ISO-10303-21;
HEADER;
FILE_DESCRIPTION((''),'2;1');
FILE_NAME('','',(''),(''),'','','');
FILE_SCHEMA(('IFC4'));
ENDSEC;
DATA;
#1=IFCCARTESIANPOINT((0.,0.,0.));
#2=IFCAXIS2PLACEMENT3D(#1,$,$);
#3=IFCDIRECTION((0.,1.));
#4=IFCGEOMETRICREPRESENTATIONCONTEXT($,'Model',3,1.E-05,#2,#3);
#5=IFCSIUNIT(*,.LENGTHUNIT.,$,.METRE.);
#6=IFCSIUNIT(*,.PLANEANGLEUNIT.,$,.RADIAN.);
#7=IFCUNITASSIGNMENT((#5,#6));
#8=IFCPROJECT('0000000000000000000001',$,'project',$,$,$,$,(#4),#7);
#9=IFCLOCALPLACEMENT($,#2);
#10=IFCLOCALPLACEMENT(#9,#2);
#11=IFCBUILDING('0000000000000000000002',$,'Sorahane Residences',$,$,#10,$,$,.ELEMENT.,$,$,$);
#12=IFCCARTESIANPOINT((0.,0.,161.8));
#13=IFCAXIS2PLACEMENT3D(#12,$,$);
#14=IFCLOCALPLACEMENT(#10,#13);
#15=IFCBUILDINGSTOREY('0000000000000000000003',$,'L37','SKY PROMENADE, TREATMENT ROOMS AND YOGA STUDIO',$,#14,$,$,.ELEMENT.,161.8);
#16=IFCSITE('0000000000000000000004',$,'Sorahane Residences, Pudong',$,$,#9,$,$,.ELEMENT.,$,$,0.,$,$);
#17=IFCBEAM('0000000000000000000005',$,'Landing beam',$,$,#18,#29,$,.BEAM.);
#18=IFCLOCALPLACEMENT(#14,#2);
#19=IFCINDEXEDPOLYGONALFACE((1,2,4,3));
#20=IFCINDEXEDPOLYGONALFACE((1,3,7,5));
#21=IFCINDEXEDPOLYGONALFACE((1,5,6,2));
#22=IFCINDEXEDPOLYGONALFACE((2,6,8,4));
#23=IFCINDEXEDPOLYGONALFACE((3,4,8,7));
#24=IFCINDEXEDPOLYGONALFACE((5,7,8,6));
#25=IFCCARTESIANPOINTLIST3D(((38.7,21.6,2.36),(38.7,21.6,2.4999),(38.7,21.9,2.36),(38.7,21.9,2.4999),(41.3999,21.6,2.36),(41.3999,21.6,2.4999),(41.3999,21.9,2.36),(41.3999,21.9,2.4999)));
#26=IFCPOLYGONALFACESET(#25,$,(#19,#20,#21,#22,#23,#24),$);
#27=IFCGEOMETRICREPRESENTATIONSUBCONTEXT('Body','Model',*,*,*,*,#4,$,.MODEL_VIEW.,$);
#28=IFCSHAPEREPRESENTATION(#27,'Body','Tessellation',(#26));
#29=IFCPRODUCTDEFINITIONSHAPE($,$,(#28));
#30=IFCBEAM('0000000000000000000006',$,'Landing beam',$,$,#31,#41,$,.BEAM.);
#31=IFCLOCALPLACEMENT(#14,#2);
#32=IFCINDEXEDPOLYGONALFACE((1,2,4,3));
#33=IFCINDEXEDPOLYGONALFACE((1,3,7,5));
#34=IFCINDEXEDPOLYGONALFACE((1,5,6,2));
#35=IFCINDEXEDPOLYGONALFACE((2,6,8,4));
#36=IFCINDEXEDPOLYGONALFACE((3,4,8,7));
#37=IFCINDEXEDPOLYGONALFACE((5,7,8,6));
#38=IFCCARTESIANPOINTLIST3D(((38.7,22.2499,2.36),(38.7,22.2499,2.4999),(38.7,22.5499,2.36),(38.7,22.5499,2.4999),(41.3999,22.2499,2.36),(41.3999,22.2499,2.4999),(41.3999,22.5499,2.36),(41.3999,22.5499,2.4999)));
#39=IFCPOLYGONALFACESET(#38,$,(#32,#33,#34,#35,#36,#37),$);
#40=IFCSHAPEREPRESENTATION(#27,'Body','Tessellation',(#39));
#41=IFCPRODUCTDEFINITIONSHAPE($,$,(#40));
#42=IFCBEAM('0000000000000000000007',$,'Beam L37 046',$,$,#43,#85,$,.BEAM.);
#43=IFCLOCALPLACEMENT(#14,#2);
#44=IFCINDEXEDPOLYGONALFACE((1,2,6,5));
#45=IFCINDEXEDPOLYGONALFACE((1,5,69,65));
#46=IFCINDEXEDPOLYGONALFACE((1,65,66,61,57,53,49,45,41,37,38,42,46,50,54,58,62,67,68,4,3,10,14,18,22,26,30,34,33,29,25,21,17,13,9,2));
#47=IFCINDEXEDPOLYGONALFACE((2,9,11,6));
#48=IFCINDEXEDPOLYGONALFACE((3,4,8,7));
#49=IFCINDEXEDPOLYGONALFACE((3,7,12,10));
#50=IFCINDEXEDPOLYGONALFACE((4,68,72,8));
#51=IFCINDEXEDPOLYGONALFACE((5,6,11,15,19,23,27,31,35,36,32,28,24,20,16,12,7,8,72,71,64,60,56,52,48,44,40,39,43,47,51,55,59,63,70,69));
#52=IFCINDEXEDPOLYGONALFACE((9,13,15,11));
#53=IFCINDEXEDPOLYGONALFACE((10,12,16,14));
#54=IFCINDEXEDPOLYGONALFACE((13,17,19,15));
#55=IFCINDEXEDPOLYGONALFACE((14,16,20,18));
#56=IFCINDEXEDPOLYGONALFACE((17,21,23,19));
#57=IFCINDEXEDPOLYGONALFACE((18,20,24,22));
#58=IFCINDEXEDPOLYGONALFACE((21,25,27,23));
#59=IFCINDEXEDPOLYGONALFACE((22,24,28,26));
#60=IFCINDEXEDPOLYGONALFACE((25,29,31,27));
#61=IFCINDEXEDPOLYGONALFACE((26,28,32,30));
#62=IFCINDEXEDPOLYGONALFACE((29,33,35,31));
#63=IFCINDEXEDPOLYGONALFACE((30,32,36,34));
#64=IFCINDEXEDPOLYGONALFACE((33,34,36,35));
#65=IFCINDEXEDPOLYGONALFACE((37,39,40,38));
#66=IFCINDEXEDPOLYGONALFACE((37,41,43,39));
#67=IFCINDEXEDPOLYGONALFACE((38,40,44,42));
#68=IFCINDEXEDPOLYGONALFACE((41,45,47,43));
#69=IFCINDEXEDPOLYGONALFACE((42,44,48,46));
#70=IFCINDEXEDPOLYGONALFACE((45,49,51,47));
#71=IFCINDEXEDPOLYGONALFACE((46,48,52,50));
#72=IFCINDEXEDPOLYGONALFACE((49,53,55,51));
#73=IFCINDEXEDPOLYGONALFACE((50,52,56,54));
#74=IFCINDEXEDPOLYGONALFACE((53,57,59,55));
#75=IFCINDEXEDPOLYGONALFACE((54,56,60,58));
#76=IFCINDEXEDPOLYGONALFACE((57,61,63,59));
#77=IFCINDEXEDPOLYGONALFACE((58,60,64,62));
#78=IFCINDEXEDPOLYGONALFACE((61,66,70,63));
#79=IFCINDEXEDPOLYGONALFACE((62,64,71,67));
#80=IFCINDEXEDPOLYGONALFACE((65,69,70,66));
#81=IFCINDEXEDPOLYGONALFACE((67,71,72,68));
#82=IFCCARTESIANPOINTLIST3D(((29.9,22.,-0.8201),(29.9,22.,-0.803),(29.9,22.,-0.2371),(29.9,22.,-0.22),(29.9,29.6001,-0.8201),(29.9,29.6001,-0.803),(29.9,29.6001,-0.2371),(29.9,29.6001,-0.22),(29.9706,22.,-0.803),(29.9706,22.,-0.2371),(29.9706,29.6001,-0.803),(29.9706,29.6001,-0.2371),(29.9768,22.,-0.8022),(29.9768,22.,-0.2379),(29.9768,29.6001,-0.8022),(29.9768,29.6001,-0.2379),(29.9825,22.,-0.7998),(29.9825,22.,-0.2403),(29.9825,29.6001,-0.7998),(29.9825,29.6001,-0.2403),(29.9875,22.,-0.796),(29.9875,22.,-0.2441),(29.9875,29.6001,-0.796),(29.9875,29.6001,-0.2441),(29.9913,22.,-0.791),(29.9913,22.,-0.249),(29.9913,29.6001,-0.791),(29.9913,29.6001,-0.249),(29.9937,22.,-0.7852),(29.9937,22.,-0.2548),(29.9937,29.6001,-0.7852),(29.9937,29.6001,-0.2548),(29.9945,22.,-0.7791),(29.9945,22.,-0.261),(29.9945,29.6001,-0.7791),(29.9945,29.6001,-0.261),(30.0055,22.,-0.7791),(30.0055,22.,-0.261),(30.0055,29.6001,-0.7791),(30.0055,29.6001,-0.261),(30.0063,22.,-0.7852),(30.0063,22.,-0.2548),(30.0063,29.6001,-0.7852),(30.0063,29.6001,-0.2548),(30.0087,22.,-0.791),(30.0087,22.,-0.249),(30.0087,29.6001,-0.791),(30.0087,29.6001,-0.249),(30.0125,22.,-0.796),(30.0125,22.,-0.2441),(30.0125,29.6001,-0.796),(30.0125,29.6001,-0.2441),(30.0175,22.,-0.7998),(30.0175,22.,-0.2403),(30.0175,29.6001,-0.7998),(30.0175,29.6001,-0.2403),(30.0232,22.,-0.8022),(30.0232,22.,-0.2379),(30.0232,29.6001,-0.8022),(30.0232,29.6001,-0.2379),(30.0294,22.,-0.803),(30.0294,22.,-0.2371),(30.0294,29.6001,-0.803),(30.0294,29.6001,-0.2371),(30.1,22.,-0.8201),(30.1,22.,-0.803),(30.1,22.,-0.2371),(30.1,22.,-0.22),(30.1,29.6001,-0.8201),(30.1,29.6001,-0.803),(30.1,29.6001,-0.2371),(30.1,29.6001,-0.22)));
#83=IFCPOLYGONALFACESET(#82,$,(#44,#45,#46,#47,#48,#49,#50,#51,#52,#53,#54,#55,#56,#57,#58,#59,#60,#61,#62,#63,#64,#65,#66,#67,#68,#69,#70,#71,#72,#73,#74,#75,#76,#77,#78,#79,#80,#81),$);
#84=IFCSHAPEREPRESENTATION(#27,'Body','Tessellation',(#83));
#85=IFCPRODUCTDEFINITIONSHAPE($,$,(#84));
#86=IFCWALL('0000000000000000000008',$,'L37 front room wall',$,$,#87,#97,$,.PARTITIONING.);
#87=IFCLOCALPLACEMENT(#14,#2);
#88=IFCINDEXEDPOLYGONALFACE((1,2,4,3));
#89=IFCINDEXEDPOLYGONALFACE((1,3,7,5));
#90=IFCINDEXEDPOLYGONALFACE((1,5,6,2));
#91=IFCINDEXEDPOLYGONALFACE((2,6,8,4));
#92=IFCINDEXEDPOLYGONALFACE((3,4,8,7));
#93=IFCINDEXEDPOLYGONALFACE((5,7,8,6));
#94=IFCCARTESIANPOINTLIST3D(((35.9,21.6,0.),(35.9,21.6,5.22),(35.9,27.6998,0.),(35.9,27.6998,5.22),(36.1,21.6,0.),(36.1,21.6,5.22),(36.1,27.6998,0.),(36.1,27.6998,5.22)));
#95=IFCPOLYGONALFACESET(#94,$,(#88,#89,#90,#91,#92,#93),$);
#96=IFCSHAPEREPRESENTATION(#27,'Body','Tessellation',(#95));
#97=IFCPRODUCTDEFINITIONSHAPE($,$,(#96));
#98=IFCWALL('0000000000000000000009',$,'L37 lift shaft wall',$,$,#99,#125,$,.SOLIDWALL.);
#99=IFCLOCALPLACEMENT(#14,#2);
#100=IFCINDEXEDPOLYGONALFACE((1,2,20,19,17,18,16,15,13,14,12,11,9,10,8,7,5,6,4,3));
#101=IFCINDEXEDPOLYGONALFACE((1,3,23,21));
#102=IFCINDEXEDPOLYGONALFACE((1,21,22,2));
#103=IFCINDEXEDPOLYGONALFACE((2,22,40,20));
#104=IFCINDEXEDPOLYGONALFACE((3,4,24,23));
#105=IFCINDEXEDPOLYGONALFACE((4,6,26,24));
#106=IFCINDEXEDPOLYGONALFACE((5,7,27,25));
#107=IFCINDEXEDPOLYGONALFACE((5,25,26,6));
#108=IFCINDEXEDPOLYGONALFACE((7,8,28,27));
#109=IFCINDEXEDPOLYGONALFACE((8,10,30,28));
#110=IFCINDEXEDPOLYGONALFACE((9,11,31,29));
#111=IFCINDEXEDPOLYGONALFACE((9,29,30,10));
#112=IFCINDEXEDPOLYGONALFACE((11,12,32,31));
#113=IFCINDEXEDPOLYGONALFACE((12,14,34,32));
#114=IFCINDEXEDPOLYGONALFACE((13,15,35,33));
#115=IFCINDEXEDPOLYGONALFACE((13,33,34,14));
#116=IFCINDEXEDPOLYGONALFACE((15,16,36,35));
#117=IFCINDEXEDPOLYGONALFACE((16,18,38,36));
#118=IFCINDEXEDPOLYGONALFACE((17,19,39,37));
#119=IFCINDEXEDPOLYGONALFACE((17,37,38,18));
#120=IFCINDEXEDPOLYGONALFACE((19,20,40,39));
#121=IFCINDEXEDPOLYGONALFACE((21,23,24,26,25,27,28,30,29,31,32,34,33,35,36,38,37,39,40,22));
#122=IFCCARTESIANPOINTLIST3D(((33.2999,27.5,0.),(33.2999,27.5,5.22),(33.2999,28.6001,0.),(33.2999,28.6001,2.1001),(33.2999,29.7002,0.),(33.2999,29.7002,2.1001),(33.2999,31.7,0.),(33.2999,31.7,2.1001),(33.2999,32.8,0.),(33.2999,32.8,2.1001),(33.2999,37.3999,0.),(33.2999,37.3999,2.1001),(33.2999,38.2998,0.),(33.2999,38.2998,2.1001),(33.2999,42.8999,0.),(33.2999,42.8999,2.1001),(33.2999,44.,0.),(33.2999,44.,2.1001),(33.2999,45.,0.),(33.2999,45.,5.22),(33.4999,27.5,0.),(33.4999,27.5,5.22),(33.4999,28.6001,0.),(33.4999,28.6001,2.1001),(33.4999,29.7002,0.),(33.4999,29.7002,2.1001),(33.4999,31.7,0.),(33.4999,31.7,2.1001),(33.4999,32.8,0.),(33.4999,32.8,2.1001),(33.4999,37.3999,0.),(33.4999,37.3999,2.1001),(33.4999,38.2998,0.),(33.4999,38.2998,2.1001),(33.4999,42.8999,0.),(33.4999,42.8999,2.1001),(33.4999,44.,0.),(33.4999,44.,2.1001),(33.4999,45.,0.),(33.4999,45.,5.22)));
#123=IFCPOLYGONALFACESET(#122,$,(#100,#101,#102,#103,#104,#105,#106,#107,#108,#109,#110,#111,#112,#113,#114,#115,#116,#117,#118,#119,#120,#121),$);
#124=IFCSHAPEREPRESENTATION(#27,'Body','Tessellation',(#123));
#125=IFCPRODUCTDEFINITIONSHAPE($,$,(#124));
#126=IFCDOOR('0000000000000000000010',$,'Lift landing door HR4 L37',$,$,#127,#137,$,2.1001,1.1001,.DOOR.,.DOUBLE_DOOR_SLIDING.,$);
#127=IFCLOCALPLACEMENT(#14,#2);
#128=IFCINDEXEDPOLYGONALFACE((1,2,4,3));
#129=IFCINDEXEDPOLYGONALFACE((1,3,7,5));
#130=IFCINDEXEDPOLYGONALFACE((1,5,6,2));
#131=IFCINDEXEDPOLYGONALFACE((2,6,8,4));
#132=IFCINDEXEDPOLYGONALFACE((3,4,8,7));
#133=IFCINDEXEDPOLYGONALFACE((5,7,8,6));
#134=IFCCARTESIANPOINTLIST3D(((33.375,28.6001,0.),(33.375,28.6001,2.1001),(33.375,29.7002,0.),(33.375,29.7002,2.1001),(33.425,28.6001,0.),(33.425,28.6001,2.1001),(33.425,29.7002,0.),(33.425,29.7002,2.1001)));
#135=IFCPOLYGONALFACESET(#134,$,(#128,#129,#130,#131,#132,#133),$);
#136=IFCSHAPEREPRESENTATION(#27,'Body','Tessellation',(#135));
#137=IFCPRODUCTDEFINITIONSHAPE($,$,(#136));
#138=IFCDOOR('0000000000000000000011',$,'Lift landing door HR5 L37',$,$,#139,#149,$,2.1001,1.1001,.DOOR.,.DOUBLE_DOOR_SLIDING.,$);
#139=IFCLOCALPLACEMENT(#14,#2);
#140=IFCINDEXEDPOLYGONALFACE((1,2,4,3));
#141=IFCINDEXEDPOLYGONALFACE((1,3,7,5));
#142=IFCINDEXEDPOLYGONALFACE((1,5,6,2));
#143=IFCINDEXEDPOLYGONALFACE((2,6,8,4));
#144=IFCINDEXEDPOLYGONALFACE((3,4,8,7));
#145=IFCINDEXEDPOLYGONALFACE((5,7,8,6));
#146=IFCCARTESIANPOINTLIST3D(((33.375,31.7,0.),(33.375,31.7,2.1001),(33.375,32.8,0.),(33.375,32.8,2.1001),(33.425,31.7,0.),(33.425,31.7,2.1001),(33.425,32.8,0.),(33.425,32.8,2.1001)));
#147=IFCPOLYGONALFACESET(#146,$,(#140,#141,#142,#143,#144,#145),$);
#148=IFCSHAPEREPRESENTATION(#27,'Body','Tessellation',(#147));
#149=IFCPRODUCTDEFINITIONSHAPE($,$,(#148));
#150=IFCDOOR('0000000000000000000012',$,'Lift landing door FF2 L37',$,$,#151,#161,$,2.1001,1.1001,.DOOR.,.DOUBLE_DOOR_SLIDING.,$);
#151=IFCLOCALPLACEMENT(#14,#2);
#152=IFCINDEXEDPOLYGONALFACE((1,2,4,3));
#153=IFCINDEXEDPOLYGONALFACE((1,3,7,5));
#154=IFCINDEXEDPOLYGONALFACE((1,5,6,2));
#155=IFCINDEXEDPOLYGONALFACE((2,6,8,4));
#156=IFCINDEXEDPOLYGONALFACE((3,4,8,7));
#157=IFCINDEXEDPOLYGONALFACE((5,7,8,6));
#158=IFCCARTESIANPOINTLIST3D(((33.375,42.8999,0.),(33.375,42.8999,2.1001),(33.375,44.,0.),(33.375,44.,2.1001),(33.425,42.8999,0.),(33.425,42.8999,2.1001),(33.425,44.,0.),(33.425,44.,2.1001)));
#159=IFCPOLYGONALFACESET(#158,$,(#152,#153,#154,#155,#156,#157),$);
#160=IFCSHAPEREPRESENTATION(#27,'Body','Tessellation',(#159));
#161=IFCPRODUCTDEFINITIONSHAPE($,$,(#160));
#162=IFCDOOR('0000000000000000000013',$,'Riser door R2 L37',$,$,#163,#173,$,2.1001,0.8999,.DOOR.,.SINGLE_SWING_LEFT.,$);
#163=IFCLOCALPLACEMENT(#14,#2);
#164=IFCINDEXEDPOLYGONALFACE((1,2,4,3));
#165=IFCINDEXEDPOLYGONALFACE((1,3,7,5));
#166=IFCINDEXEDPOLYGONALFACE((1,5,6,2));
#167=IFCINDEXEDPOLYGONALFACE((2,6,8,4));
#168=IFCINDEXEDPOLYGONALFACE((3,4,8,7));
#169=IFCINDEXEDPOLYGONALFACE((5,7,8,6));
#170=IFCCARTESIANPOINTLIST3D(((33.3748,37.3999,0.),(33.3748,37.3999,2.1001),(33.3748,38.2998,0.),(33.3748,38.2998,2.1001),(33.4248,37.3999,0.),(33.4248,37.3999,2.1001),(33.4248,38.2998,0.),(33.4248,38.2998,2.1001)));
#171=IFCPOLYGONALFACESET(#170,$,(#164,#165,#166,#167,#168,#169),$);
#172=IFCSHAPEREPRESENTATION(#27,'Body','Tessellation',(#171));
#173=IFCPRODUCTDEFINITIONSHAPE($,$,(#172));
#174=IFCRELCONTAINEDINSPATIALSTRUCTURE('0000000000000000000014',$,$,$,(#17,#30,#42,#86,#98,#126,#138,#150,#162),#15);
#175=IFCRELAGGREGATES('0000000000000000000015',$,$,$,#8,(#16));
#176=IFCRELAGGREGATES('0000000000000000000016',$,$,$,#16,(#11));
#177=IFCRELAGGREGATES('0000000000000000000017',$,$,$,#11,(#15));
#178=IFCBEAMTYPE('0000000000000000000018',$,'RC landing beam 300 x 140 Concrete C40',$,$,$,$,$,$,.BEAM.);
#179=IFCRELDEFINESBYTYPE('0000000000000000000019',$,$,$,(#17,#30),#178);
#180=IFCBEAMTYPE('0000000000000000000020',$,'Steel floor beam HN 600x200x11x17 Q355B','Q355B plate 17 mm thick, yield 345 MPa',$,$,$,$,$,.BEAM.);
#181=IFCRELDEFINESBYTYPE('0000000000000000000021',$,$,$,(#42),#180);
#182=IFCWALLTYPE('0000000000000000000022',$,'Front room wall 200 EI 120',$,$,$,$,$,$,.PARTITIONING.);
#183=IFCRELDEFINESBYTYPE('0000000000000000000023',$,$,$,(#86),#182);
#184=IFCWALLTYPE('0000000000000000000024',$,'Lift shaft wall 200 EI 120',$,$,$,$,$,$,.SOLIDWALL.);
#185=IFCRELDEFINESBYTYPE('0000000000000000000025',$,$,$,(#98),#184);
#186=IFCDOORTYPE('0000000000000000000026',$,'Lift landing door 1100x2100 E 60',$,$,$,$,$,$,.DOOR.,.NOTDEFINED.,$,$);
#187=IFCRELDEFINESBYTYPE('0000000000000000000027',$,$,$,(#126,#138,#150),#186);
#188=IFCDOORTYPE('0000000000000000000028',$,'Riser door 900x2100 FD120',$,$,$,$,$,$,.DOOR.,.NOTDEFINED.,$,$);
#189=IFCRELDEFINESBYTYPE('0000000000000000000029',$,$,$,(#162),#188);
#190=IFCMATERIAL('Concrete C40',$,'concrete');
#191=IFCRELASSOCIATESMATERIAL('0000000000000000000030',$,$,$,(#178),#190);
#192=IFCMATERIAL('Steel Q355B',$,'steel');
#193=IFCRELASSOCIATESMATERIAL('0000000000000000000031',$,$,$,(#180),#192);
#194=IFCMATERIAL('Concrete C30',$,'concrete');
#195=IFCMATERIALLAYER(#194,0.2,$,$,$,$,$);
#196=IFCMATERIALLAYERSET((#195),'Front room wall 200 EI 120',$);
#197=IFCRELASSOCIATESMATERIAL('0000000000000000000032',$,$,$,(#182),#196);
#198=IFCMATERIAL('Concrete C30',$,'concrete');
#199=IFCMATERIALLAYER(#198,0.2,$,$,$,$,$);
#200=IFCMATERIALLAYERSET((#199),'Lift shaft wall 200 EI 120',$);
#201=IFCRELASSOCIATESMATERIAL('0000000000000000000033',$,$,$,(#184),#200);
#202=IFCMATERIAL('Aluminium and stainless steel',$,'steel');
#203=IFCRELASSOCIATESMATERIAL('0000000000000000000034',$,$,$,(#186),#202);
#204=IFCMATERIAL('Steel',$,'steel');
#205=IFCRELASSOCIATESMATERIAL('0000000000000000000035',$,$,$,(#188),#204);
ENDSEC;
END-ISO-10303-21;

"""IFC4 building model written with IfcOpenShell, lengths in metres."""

from ifc_helpers import new_model, si_unit, direction, frame, frame_2d, origin, origin_2d, place, context, subcontext, project, spatial, rectangle, i_section, extrude, material, layer, layer_set, material_profile, profile_set, type_object, element, fill, save


model = new_model("IFC4")

# Units and contexts
model_context = context("Model", 3, precision=1e-05, world=origin(), true_north=direction((0.0, 1.0)))
body_context = subcontext(model_context, "Body", "Model", "MODEL_VIEW")
ifc_project = project(units=[si_unit("LENGTHUNIT", "METRE"), si_unit("PLANEANGLEUNIT", "RADIAN")], contexts=[model_context])

# Site, building, storey
site_placement = place(None, origin())
site = spatial("IfcSite", under=ifc_project, at=site_placement, Name="Sorahane Residences, Pudong", CompositionType="ELEMENT", RefElevation=0.0)
building_placement = place(site_placement, origin())
building = spatial("IfcBuilding", under=site, at=building_placement, Name="Sorahane Residences", CompositionType="ELEMENT")
storey_placement = place(building_placement, frame((0.0, 0.0, 161.8)))
storey = spatial("IfcBuildingStorey", under=building, at=storey_placement, Name="L37", Description="SKY PROMENADE, TREATMENT ROOMS AND YOGA STUDIO", CompositionType="ELEMENT", Elevation=161.8)

# Beams
ifc_material_1 = material(Name="Concrete C40", Category="concrete")
ifc_material_profile_1 = material_profile(ifc_material_1, rectangle(XDim=0.3, YDim=0.1399, at=origin_2d()), Name="300x140")
ifc_profile_set_1 = profile_set([ifc_material_profile_1], Name="Concrete C40")
beam_type_1 = type_object("IfcBeamType", Name="RC landing beam 300 x 140 Concrete C40", PredefinedType="BEAM", material=ifc_profile_set_1)
for number, where, z_axis, x_axis, name in (
    (1, (38.7, 21.75, 2.4299), (1.0, 0.0, 0.0), (0.0, 1.0, 0.0), "Landing beam"),
    (2, (38.7, 22.3999, 2.4299), (1.0, 0.0, 0.0), (0.0, 1.0, 0.0), "Landing beam"),
):
    element("IfcBeam", number, at=place(storey_placement, frame(where, z_axis=z_axis, x_axis=x_axis)), inside=storey, type_object=beam_type_1, Name=name, PredefinedType="BEAM", context=body_context, shape_type="SweptSolid", body=[
        extrude(rectangle(XDim=0.3, YDim=0.1399, at=origin_2d()), origin(), (0.0, 0.0, 1.0), 2.7),
    ])
ifc_material_2 = material(Name="Steel Q355B", Category="steel")
ifc_material_profile_2 = material_profile(ifc_material_2, i_section(OverallWidth=0.2, OverallDepth=0.6001, WebThickness=0.011, FlangeThickness=0.0171, FilletRadius=0.0239, at=origin_2d()), Name="HN 600x200x11x17")
ifc_profile_set_2 = profile_set([ifc_material_profile_2], Name="Steel Q355B")
beam_type_2 = type_object("IfcBeamType", Name="Steel floor beam HN 600x200x11x17 Q355B", Description="Q355B plate 17 mm thick, yield 345 MPa", PredefinedType="BEAM", material=ifc_profile_set_2)
beam_placement = place(storey_placement, frame((30.0, 22.0, -0.52), z_axis=(0.0, 1.0, 0.0), x_axis=(-1.0, 0.0, 0.0)))
element("IfcBeam", 3, at=beam_placement, inside=storey, type_object=beam_type_2, Name="Beam L37 046", PredefinedType="BEAM", context=body_context, shape_type="SweptSolid", body=[
    extrude(i_section(OverallWidth=0.2, OverallDepth=0.6001, WebThickness=0.011, FlangeThickness=0.0171, FilletRadius=0.0239, at=origin_2d()), origin(), (0.0, 0.0, 1.0), 7.6001),
])

# Wall
ifc_material_3 = material(Name="Concrete C30", Category="concrete")
ifc_layer_1 = layer(ifc_material_3, 0.2)
ifc_layer_set_1 = layer_set([ifc_layer_1], Name="Front room wall 200 EI 120")
wall_type_1 = type_object("IfcWallType", Name="Front room wall 200 EI 120", PredefinedType="PARTITIONING", material=ifc_layer_set_1)
wall_1_placement = place(storey_placement, frame((36.0, 21.6001, 0.0), z_axis=(0.0, 0.0, 1.0), x_axis=(0.0, 1.0, 0.0)))
element("IfcWall", 4, at=wall_1_placement, inside=storey, type_object=wall_type_1, Name="L37 front room wall", PredefinedType="PARTITIONING", context=body_context, shape_type="SweptSolid", body=[
    extrude(rectangle(XDim=6.0999, YDim=0.2, at=frame_2d((3.0498, 0.0))), origin(), (0.0, 0.0, 1.0), 5.22),
])

# Wall, openings, doors
ifc_material_4 = material(Name="Concrete C30", Category="concrete")
ifc_layer_2 = layer(ifc_material_4, 0.2)
ifc_layer_set_2 = layer_set([ifc_layer_2], Name="Lift shaft wall 200 EI 120")
wall_type_2 = type_object("IfcWallType", Name="Lift shaft wall 200 EI 120", PredefinedType="SOLIDWALL", material=ifc_layer_set_2)
wall_2_placement = place(storey_placement, frame((33.3999, 27.5, 0.0), z_axis=(0.0, 0.0, 1.0), x_axis=(0.0, 1.0, 0.0)))
wall_2 = element("IfcWall", 5, at=wall_2_placement, inside=storey, type_object=wall_type_2, Name="L37 lift shaft wall", PredefinedType="SOLIDWALL", context=body_context, shape_type="SweptSolid", body=[
    extrude(rectangle(XDim=17.5, YDim=0.2, at=frame_2d((8.75, 0.0))), origin(), (0.0, 0.0, 1.0), 5.22),
])
opening_1_placement = place(wall_2_placement, frame((1.1001, 0.0, 0.0)))
opening_1 = element("IfcOpeningElement", 6, at=opening_1_placement, cuts=wall_2, PredefinedType="OPENING", context=body_context, shape_type="SweptSolid", body=[
    extrude(rectangle(XDim=1.1001, YDim=2.1001, at=frame_2d((0.55, 1.05))), frame((0.0, 0.1099, 0.0), z_axis=(0.0, -1.0, 0.0), x_axis=(1.0, 0.0, 0.0)), (0.0, 0.0, 1.0), 0.22),
])
opening_2_placement = place(wall_2_placement, frame((4.2, 0.0, 0.0)))
opening_2 = element("IfcOpeningElement", 7, at=opening_2_placement, cuts=wall_2, PredefinedType="OPENING", context=body_context, shape_type="SweptSolid", body=[
    extrude(rectangle(XDim=1.1001, YDim=2.1001, at=frame_2d((0.55, 1.05))), frame((0.0, 0.1099, 0.0), z_axis=(0.0, -1.0, 0.0), x_axis=(1.0, 0.0, 0.0)), (0.0, 0.0, 1.0), 0.22),
])
opening_3_placement = place(wall_2_placement, frame((15.3999, 0.0, 0.0)))
opening_3 = element("IfcOpeningElement", 8, at=opening_3_placement, cuts=wall_2, PredefinedType="OPENING", context=body_context, shape_type="SweptSolid", body=[
    extrude(rectangle(XDim=1.1001, YDim=2.1001, at=frame_2d((0.55, 1.05))), frame((0.0, 0.1099, 0.0), z_axis=(0.0, -1.0, 0.0), x_axis=(1.0, 0.0, 0.0)), (0.0, 0.0, 1.0), 0.22),
])
opening_4_placement = place(wall_2_placement, frame((9.8999, 0.0, 0.0)))
opening_4 = element("IfcOpeningElement", 9, at=opening_4_placement, cuts=wall_2, PredefinedType="OPENING", context=body_context, shape_type="SweptSolid", body=[
    extrude(rectangle(XDim=0.8999, YDim=2.1001, at=frame_2d((0.45, 1.05))), frame((0.0, 0.1099, 0.0), z_axis=(0.0, -1.0, 0.0), x_axis=(1.0, 0.0, 0.0)), (0.0, 0.0, 1.0), 0.22),
])
ifc_material_5 = material(Name="Aluminium and stainless steel", Category="steel")
door_type_1 = type_object("IfcDoorType", Name="Lift landing door 1100x2100 E 60", OperationType="NOTDEFINED", PredefinedType="DOOR", material=ifc_material_5)
door_1_placement = place(opening_1_placement, origin())
door_1 = element("IfcDoor", 10, at=door_1_placement, inside=storey, type_object=door_type_1, Name="Lift landing door HR4 L37", OperationType="DOUBLE_DOOR_SLIDING", OverallHeight=2.1001, OverallWidth=1.1001, PredefinedType="DOOR", context=body_context, shape_type="SweptSolid", body=[
    extrude(rectangle(XDim=1.1001, YDim=2.1001, at=frame_2d((0.55, 1.05))), frame((0.0, 0.0249, 0.0), z_axis=(0.0, -1.0, 0.0), x_axis=(1.0, 0.0, 0.0)), (0.0, 0.0, 1.0), 0.05),
])
fill(opening_1, door_1)
door_2_placement = place(opening_2_placement, origin())
door_2 = element("IfcDoor", 11, at=door_2_placement, inside=storey, type_object=door_type_1, Name="Lift landing door HR5 L37", OperationType="DOUBLE_DOOR_SLIDING", OverallHeight=2.1001, OverallWidth=1.1001, PredefinedType="DOOR", context=body_context, shape_type="SweptSolid", body=[
    extrude(rectangle(XDim=1.1001, YDim=2.1001, at=frame_2d((0.55, 1.05))), frame((0.0, 0.0249, 0.0), z_axis=(0.0, -1.0, 0.0), x_axis=(1.0, 0.0, 0.0)), (0.0, 0.0, 1.0), 0.05),
])
fill(opening_2, door_2)
door_3_placement = place(opening_3_placement, origin())
door_3 = element("IfcDoor", 12, at=door_3_placement, inside=storey, type_object=door_type_1, Name="Lift landing door FF2 L37", OperationType="DOUBLE_DOOR_SLIDING", OverallHeight=2.1001, OverallWidth=1.1001, PredefinedType="DOOR", context=body_context, shape_type="SweptSolid", body=[
    extrude(rectangle(XDim=1.1001, YDim=2.1001, at=frame_2d((0.55, 1.05))), frame((0.0, 0.0249, 0.0), z_axis=(0.0, -1.0, 0.0), x_axis=(1.0, 0.0, 0.0)), (0.0, 0.0, 1.0), 0.05),
])
fill(opening_3, door_3)
ifc_material_6 = material(Name="Steel", Category="steel")
door_type_2 = type_object("IfcDoorType", Name="Riser door 900x2100 FD120", OperationType="NOTDEFINED", PredefinedType="DOOR", material=ifc_material_6)
door_4_placement = place(opening_4_placement, frame((0.8999, 0.0, 0.0), z_axis=(0.0, 0.0, 1.0), x_axis=(-1.0, 0.0, 0.0)))
door_4 = element("IfcDoor", 13, at=door_4_placement, inside=storey, type_object=door_type_2, Name="Riser door R2 L37", OperationType="SINGLE_SWING_LEFT", OverallHeight=2.1001, OverallWidth=0.8999, PredefinedType="DOOR", context=body_context, shape_type="SweptSolid", body=[
    extrude(rectangle(XDim=0.8999, YDim=2.1001, at=frame_2d((0.45, 1.05))), frame((0.0, 0.0249, 0.0), z_axis=(0.0, -1.0, 0.0), x_axis=(1.0, 0.0, 0.0)), (0.0, 0.0, 1.0), 0.05),
])
fill(opening_4, door_4)

save(model, "model.ifc")
